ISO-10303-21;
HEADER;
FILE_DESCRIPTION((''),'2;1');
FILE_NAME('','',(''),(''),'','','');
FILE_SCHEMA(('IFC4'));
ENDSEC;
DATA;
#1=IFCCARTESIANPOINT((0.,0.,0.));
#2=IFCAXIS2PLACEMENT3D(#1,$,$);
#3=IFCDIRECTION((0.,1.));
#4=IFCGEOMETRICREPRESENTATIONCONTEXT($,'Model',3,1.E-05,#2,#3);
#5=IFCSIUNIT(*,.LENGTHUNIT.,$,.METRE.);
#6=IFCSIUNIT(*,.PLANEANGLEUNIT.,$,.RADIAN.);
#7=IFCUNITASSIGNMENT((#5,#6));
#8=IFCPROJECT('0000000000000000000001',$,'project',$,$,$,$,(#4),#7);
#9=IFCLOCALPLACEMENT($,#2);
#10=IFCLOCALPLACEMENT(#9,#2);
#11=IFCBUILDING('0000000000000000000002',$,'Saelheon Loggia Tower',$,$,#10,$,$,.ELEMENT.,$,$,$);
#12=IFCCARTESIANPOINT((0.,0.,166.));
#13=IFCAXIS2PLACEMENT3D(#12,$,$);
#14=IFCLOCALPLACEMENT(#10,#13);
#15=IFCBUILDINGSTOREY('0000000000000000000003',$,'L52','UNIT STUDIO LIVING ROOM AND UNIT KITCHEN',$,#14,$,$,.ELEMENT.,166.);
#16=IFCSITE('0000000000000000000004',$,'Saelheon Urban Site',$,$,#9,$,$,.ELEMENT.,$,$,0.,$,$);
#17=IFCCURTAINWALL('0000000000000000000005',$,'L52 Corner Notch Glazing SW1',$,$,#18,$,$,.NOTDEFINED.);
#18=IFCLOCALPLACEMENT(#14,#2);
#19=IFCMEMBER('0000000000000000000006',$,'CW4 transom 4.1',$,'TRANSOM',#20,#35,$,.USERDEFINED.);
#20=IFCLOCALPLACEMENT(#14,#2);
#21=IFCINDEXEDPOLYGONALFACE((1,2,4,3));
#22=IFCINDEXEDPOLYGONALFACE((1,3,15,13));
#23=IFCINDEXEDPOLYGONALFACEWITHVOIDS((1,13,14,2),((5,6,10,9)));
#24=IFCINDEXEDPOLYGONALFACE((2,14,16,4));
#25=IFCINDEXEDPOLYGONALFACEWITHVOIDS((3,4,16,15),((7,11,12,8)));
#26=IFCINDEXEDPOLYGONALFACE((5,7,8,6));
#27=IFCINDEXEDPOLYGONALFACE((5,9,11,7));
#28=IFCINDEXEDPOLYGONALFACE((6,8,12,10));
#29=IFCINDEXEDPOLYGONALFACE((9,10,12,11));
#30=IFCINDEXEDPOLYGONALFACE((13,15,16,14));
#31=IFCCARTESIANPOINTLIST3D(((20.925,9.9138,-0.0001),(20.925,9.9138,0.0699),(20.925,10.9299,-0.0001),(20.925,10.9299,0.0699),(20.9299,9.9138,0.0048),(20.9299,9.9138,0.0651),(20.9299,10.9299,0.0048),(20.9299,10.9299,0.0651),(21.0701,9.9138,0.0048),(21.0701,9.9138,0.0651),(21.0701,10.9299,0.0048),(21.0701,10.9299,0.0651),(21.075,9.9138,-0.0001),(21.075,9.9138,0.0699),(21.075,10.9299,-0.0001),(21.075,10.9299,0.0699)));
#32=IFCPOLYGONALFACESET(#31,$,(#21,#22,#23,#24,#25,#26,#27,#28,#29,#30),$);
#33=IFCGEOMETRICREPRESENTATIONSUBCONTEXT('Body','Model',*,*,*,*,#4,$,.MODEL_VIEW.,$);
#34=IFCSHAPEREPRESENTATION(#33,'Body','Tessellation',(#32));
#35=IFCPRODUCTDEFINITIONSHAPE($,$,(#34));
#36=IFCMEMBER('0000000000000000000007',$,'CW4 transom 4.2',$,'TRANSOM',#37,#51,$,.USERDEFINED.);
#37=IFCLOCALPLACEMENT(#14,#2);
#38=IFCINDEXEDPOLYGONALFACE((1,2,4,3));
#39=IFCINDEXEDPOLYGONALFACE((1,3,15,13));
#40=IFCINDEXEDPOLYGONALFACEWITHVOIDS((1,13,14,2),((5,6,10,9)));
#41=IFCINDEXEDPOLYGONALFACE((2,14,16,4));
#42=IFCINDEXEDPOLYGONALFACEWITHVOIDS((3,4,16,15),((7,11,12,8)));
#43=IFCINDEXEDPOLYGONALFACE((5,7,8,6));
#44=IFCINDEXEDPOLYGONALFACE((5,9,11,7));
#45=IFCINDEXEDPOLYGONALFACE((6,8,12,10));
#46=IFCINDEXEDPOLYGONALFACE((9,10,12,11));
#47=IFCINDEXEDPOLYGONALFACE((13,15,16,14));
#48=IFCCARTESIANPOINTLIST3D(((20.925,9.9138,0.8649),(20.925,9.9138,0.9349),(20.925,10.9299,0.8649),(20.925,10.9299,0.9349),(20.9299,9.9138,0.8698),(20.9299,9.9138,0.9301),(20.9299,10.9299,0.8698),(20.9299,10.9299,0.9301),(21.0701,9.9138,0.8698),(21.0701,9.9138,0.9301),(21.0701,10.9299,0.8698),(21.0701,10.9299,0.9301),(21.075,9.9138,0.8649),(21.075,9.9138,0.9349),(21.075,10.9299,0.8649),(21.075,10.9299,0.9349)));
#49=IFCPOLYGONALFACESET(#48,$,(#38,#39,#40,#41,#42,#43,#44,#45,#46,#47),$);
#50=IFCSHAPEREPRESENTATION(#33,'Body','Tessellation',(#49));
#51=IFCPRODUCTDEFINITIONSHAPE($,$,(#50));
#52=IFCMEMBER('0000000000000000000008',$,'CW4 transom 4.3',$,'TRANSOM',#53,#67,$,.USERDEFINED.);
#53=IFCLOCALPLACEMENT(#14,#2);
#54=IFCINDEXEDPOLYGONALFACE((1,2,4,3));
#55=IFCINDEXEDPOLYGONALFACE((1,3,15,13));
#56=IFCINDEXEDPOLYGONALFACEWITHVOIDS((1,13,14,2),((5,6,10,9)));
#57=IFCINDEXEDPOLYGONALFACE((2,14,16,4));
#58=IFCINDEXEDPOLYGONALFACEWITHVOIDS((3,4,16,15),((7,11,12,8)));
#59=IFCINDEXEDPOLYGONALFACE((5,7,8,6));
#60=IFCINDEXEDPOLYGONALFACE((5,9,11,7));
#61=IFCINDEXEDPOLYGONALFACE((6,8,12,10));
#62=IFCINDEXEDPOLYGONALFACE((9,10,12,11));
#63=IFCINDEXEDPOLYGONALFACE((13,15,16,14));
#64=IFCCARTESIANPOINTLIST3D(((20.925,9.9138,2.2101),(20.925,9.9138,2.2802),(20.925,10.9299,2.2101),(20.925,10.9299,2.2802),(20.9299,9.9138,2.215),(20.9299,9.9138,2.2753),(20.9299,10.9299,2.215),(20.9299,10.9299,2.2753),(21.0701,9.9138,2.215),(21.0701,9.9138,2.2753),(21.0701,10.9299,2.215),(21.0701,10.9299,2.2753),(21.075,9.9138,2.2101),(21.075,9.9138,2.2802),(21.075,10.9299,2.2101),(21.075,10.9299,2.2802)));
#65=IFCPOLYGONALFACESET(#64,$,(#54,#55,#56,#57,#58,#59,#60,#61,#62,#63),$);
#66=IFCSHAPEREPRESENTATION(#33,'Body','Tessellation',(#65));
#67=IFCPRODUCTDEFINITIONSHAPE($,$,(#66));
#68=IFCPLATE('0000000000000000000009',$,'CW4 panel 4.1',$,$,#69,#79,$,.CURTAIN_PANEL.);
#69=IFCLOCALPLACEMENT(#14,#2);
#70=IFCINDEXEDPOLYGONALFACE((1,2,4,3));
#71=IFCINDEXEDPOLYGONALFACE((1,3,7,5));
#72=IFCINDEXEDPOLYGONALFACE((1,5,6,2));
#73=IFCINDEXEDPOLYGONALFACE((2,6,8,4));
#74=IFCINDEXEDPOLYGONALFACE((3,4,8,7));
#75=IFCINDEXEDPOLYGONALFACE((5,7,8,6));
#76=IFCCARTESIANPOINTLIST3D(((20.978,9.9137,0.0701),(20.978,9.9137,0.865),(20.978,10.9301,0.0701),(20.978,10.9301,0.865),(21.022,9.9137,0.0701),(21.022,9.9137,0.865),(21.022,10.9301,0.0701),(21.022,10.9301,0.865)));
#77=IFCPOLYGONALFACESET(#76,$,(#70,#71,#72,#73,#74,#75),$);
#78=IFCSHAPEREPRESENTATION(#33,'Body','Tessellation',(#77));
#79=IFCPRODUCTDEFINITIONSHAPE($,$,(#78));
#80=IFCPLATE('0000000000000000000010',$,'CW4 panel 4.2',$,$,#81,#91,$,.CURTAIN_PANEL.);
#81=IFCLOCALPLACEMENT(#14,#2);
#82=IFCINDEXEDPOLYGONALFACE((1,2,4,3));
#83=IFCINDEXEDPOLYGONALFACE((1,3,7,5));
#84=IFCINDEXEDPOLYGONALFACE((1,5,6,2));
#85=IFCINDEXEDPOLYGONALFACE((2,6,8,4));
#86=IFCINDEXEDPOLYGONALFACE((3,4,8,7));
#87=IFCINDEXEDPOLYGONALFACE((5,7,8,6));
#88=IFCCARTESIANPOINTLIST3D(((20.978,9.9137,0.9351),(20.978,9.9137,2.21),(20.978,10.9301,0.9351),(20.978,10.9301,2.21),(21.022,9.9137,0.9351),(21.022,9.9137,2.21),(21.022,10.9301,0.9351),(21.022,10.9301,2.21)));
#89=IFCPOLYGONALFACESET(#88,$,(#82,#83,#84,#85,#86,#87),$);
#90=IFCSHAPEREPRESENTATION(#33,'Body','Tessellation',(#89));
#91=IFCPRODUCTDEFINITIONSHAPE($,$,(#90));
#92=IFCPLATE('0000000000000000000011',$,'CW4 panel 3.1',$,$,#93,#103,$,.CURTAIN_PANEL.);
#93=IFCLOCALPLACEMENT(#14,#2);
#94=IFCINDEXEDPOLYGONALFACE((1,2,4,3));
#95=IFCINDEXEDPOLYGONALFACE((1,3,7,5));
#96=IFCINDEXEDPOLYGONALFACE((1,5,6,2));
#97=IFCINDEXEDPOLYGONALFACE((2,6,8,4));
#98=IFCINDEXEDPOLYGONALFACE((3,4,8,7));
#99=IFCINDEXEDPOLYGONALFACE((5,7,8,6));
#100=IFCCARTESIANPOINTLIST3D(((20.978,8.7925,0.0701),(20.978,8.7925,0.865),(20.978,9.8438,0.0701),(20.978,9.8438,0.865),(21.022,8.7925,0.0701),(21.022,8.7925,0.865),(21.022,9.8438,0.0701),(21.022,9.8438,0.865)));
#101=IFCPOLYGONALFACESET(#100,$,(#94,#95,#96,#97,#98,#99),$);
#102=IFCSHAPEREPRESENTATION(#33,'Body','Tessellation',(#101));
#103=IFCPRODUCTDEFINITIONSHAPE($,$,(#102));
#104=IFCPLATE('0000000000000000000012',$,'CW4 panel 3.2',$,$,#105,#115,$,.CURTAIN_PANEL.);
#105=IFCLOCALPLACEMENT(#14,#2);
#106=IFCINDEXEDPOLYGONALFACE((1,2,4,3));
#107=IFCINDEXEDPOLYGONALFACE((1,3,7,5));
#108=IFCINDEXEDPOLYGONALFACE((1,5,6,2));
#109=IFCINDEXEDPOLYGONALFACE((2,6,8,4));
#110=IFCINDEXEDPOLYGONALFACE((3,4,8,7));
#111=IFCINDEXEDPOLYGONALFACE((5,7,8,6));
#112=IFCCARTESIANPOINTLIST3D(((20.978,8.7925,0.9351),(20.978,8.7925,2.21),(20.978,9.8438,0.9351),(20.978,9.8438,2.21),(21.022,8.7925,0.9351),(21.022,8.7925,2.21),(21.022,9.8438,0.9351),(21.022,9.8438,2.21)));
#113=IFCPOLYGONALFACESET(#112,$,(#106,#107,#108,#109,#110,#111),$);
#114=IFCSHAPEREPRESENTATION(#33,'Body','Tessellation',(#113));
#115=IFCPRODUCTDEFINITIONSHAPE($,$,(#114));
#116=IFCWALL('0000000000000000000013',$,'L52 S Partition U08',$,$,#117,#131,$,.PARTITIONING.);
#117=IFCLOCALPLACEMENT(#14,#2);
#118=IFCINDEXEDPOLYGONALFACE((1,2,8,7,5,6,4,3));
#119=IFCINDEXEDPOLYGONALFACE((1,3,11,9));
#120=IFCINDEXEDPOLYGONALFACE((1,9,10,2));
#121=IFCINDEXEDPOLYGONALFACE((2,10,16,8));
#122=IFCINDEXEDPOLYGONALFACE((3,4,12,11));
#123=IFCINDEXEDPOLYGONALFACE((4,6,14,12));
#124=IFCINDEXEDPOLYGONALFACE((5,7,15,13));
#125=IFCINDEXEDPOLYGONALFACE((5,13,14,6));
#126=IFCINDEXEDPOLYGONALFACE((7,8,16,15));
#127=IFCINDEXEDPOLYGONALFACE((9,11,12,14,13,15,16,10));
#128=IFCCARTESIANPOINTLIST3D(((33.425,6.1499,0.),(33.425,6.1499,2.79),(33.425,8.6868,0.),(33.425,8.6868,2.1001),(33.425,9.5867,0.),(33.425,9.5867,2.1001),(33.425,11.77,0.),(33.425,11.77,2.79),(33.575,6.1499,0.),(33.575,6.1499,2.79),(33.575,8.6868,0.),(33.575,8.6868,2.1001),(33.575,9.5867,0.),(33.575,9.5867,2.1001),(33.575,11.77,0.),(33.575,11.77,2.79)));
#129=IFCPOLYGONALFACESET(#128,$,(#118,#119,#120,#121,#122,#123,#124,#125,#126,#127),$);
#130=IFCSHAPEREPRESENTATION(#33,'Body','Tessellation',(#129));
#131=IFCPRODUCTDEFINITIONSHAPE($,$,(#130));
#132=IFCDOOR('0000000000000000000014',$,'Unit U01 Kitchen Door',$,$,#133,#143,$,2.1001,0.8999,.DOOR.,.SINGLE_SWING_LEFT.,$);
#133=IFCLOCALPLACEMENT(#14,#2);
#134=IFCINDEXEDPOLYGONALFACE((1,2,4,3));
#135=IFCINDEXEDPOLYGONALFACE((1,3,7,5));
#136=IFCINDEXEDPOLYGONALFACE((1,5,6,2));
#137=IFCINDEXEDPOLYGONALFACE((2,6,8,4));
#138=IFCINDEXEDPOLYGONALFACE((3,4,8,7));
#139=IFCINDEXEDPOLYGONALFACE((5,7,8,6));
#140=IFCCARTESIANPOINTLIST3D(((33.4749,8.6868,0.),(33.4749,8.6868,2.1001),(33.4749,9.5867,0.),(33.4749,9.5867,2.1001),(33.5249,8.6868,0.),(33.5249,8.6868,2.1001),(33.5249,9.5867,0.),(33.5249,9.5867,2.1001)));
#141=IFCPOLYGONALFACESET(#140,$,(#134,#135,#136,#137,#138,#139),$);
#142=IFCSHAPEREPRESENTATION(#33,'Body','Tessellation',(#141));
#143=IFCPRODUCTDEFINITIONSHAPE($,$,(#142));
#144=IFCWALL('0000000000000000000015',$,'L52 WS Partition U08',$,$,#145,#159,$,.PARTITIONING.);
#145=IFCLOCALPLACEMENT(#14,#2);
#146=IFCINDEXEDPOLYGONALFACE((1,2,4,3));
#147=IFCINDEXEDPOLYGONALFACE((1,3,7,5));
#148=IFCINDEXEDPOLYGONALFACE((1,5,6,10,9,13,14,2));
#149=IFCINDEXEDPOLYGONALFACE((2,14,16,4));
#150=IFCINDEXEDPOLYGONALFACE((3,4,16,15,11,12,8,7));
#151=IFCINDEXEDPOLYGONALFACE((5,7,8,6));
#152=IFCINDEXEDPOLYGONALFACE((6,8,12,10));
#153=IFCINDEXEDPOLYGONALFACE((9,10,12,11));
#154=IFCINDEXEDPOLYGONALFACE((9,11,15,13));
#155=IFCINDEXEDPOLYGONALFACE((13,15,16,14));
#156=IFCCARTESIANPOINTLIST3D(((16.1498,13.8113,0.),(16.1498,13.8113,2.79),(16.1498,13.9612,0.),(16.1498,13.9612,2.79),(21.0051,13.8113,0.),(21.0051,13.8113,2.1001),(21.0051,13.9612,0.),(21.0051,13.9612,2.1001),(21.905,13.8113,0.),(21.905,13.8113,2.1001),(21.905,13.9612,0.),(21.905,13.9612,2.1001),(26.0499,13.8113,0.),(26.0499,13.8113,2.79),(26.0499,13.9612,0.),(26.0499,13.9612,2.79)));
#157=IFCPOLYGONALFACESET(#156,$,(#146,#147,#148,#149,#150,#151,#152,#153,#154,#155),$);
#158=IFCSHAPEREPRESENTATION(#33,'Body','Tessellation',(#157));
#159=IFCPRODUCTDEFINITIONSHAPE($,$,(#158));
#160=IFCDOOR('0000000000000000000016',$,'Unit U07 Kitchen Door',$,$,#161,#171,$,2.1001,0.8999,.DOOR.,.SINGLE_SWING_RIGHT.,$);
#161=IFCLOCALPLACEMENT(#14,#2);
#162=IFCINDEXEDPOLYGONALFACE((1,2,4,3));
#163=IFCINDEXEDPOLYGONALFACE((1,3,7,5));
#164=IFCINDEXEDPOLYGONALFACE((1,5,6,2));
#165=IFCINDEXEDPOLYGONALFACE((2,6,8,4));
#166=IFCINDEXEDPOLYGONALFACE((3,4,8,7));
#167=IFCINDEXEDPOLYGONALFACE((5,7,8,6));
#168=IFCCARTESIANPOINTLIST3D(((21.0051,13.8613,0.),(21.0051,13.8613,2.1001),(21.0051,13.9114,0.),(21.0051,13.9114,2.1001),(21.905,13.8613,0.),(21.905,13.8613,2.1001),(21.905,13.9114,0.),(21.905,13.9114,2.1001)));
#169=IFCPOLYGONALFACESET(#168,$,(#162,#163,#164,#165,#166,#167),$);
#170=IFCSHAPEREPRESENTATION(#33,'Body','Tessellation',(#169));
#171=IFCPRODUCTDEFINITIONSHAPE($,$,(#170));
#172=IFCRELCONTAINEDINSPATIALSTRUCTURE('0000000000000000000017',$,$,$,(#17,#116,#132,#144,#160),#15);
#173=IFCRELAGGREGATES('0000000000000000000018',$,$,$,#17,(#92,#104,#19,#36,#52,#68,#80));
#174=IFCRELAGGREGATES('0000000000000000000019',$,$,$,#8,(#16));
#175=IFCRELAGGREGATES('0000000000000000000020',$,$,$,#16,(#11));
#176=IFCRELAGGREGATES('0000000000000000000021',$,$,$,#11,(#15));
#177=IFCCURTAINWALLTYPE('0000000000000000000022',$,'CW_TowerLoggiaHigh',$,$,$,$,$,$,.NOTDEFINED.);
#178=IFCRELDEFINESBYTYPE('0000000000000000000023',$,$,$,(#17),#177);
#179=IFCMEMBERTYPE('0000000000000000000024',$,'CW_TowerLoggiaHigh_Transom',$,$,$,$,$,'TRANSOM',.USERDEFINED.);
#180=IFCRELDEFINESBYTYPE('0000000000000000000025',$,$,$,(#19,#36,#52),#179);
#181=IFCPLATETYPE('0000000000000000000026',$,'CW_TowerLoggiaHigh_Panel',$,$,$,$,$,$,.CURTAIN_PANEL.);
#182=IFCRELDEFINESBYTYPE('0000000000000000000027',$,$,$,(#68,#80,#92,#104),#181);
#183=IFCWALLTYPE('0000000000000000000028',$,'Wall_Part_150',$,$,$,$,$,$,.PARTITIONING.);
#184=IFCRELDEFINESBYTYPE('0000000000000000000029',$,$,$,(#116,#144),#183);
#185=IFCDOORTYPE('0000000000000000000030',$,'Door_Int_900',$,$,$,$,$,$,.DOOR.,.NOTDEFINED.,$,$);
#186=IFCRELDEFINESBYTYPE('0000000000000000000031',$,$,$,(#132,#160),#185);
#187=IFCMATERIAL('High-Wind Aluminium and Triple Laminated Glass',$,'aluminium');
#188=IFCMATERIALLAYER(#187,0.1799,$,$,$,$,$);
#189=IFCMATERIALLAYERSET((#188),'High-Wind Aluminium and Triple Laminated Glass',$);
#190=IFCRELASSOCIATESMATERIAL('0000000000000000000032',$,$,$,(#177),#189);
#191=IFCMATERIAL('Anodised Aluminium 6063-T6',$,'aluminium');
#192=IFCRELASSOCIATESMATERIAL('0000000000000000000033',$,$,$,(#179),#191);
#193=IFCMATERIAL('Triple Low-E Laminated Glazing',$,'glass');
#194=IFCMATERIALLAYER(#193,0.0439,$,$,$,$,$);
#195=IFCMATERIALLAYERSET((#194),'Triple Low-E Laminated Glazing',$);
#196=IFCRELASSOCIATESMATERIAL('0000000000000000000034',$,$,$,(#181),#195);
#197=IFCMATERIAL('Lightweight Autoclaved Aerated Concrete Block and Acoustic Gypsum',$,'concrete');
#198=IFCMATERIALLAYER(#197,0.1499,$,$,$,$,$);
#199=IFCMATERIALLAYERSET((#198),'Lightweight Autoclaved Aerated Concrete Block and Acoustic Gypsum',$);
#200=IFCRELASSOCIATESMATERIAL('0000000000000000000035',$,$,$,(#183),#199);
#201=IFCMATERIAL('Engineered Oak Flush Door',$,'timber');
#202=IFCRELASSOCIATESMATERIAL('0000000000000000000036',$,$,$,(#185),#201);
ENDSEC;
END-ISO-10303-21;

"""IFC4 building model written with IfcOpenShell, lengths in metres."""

from ifc_helpers import new_model, si_unit, direction, frame, frame_2d, origin, origin_2d, place, context, subcontext, project, spatial, rectangle, hollow_rectangle, extrude, source, transform, mapped, material, layer, layer_set, material_profile, profile_set, type_object, element, fill, aggregate, save


model = new_model("IFC4")

# Units and contexts
model_context = context("Model", 3, precision=1e-05, world=origin(), true_north=direction((0.0, 1.0)))
body_context = subcontext(model_context, "Body", "Model", "MODEL_VIEW")
ifc_project = project(units=[si_unit("LENGTHUNIT", "METRE"), si_unit("PLANEANGLEUNIT", "RADIAN")], contexts=[model_context])

# Site, building, storey
site_placement = place(None, origin())
site = spatial("IfcSite", under=ifc_project, at=site_placement, Name="Saelheon Urban Site", CompositionType="ELEMENT", RefElevation=0.0)
building_placement = place(site_placement, origin())
building = spatial("IfcBuilding", under=site, at=building_placement, Name="Saelheon Loggia Tower", CompositionType="ELEMENT")
storey_placement = place(building_placement, frame((0.0, 0.0, 166.0)))
storey = spatial("IfcBuildingStorey", under=building, at=storey_placement, Name="L52", Description="UNIT STUDIO LIVING ROOM AND UNIT KITCHEN", CompositionType="ELEMENT", Elevation=166.0)

# Curtain wall, members, plates
ifc_material_1 = material(Name="High-Wind Aluminium and Triple Laminated Glass", Category="aluminium")
ifc_layer_1 = layer(ifc_material_1, 0.1799)
ifc_layer_set_1 = layer_set([ifc_layer_1], Name="High-Wind Aluminium and Triple Laminated Glass")
curtain_wall_type = type_object("IfcCurtainWallType", Name="CW_TowerLoggiaHigh", PredefinedType="NOTDEFINED", material=ifc_layer_set_1)
curtain_wall_placement = place(storey_placement, origin())
curtain_wall = element("IfcCurtainWall", 1, at=curtain_wall_placement, inside=storey, type_object=curtain_wall_type, Name="L52 Corner Notch Glazing SW1", PredefinedType="NOTDEFINED")
ifc_material_2 = material(Name="Anodised Aluminium 6063-T6", Category="aluminium")
ifc_material_profile_1 = material_profile(ifc_material_2, hollow_rectangle(XDim=0.0701, YDim=0.1499, WallThickness=0.0049, at=origin_2d()), Name="RHS-150x70x5")
ifc_profile_set_1 = profile_set([ifc_material_profile_1], Name="Anodised Aluminium 6063-T6")
member_type_1 = type_object("IfcMemberType", Name="CW_TowerLoggiaHigh_Transom", ElementType="TRANSOM", PredefinedType="USERDEFINED", material=ifc_profile_set_1)
shared_shape_1 = source(origin(), body_context, "Body", "SweptSolid", [
    extrude(hollow_rectangle(XDim=0.0701, YDim=0.1499, WallThickness=0.0049, at=origin_2d()), origin(), (0.0, 0.0, 1.0), 1.0161),
])
member_1_placement = place(storey_placement, frame((21.0, 9.9138, 0.0349), z_axis=(0.0, 1.0, 0.0), x_axis=(0.0, 0.0, 1.0)))
member_1 = element("IfcMember", 2, at=member_1_placement, type_object=member_type_1, Name="CW4 transom 4.1", ObjectType="TRANSOM", PredefinedType="USERDEFINED", context=body_context, shape_type="MappedRepresentation", body=[
    mapped(shared_shape_1, transform((0.0, 0.0, 0.0), scale=1.0)),
])
member_2_placement = place(storey_placement, frame((21.0, 9.9138, 0.8999), z_axis=(0.0, 1.0, 0.0), x_axis=(0.0, 0.0, 1.0)))
member_2 = element("IfcMember", 3, at=member_2_placement, type_object=member_type_1, Name="CW4 transom 4.2", ObjectType="TRANSOM", PredefinedType="USERDEFINED", context=body_context, shape_type="MappedRepresentation", body=[
    mapped(shared_shape_1, transform((0.0, 0.0, 0.0), scale=1.0)),
])
member_3_placement = place(storey_placement, frame((21.0, 9.9138, 2.2451), z_axis=(0.0, 1.0, 0.0), x_axis=(0.0, 0.0, 1.0)))
member_3 = element("IfcMember", 4, at=member_3_placement, type_object=member_type_1, Name="CW4 transom 4.3", ObjectType="TRANSOM", PredefinedType="USERDEFINED", context=body_context, shape_type="MappedRepresentation", body=[
    mapped(shared_shape_1, transform((0.0, 0.0, 0.0), scale=1.0)),
])
ifc_material_3 = material(Name="Triple Low-E Laminated Glazing", Category="glass")
ifc_layer_2 = layer(ifc_material_3, 0.0439)
ifc_layer_set_2 = layer_set([ifc_layer_2], Name="Triple Low-E Laminated Glazing")
plate_type = type_object("IfcPlateType", Name="CW_TowerLoggiaHigh_Panel", PredefinedType="CURTAIN_PANEL", material=ifc_layer_set_2)
shared_shape_2 = source(origin(), body_context, "Body", "SweptSolid", [
    extrude(rectangle(XDim=1.0164, YDim=0.0439, at=origin_2d()), origin(), (0.0, 0.0, 1.0), 0.7949),
])
plate_1_placement = place(storey_placement, frame((21.0, 10.4219, 0.0701), z_axis=(0.0, 0.0, 1.0), x_axis=(0.0, 1.0, 0.0)))
plate_1 = element("IfcPlate", 5, at=plate_1_placement, type_object=plate_type, Name="CW4 panel 4.1", PredefinedType="CURTAIN_PANEL", context=body_context, shape_type="MappedRepresentation", body=[
    mapped(shared_shape_2, transform((0.0, 0.0, 0.0), scale=1.0)),
])
shared_shape_3 = source(origin(), body_context, "Body", "SweptSolid", [
    extrude(rectangle(XDim=1.0164, YDim=0.0439, at=origin_2d()), origin(), (0.0, 0.0, 1.0), 1.2749),
])
plate_2_placement = place(storey_placement, frame((21.0, 10.4219, 0.9351), z_axis=(0.0, 0.0, 1.0), x_axis=(0.0, 1.0, 0.0)))
plate_2 = element("IfcPlate", 6, at=plate_2_placement, type_object=plate_type, Name="CW4 panel 4.2", PredefinedType="CURTAIN_PANEL", context=body_context, shape_type="MappedRepresentation", body=[
    mapped(shared_shape_3, transform((0.0, 0.0, 0.0), scale=1.0)),
])
shared_shape_4 = source(origin(), body_context, "Body", "SweptSolid", [
    extrude(rectangle(XDim=1.0513, YDim=0.0439, at=origin_2d()), origin(), (0.0, 0.0, 1.0), 0.7949),
])
plate_3_placement = place(storey_placement, frame((21.0, 9.3181, 0.0701), z_axis=(0.0, 0.0, 1.0), x_axis=(0.0, 1.0, 0.0)))
plate_3 = element("IfcPlate", 7, at=plate_3_placement, type_object=plate_type, Name="CW4 panel 3.1", PredefinedType="CURTAIN_PANEL", context=body_context, shape_type="MappedRepresentation", body=[
    mapped(shared_shape_4, transform((0.0, 0.0, 0.0), scale=1.0)),
])
shared_shape_5 = source(origin(), body_context, "Body", "SweptSolid", [
    extrude(rectangle(XDim=1.0513, YDim=0.0439, at=origin_2d()), origin(), (0.0, 0.0, 1.0), 1.2749),
])
plate_4_placement = place(storey_placement, frame((21.0, 9.3181, 0.9351), z_axis=(0.0, 0.0, 1.0), x_axis=(0.0, 1.0, 0.0)))
plate_4 = element("IfcPlate", 8, at=plate_4_placement, type_object=plate_type, Name="CW4 panel 3.2", PredefinedType="CURTAIN_PANEL", context=body_context, shape_type="MappedRepresentation", body=[
    mapped(shared_shape_5, transform((0.0, 0.0, 0.0), scale=1.0)),
])
aggregate(curtain_wall, [plate_3, plate_4, member_1, member_2, member_3, plate_1, plate_2])

# Walls, openings, doors
ifc_material_4 = material(Name="Lightweight Autoclaved Aerated Concrete Block and Acoustic Gypsum", Category="concrete")
ifc_layer_3 = layer(ifc_material_4, 0.1499)
ifc_layer_set_3 = layer_set([ifc_layer_3], Name="Lightweight Autoclaved Aerated Concrete Block and Acoustic Gypsum")
wall_type_1 = type_object("IfcWallType", Name="Wall_Part_150", PredefinedType="PARTITIONING", material=ifc_layer_set_3)
wall_1_placement = place(storey_placement, frame((33.5, 11.77, 0.0), z_axis=(0.0, 0.0, 1.0), x_axis=(0.0, -1.0, 0.0)))
wall_1 = element("IfcWall", 9, at=wall_1_placement, inside=storey, type_object=wall_type_1, Name="L52 S Partition U08", PredefinedType="PARTITIONING", context=body_context, shape_type="SweptSolid", body=[
    extrude(rectangle(XDim=5.6201, YDim=0.1499, at=frame_2d((2.8101, 0.0))), origin(), (0.0, 0.0, 1.0), 2.79),
])
opening_1_placement = place(wall_1_placement, frame((2.1833, 0.0, 0.0)))
opening_1 = element("IfcOpeningElement", 10, at=opening_1_placement, cuts=wall_1, PredefinedType="OPENING", context=body_context, shape_type="SweptSolid", body=[
    extrude(rectangle(XDim=0.8999, YDim=2.1001, at=frame_2d((0.45, 1.05))), frame((0.0, 0.0869, 0.0), z_axis=(0.0, -1.0, 0.0), x_axis=(1.0, 0.0, 0.0)), (0.0, 0.0, 1.0), 0.1738),
])
ifc_material_5 = material(Name="Engineered Oak Flush Door", Category="timber")
door_type_1 = type_object("IfcDoorType", Name="Door_Int_900", OperationType="NOTDEFINED", PredefinedType="DOOR", material=ifc_material_5)
shared_shape_6 = source(origin(), body_context, "Body", "SweptSolid", [
    extrude(rectangle(XDim=0.8999, YDim=2.1001, at=frame_2d((0.45, 1.05))), frame((0.0, 0.0249, 0.0), z_axis=(0.0, -1.0, 0.0), x_axis=(1.0, 0.0, 0.0)), (0.0, 0.0, 1.0), 0.05),
])
door_1_placement = place(opening_1_placement, origin())
door_1 = element("IfcDoor", 11, at=door_1_placement, inside=storey, type_object=door_type_1, Name="Unit U01 Kitchen Door", OperationType="SINGLE_SWING_LEFT", OverallHeight=2.1001, OverallWidth=0.8999, PredefinedType="DOOR", context=body_context, shape_type="MappedRepresentation", body=[
    mapped(shared_shape_6, transform((0.0, 0.0, 0.0), scale=1.0)),
])
fill(opening_1, door_1)
wall_2_placement = place(storey_placement, frame((26.05, 13.8862, 0.0), z_axis=(0.0, 0.0, 1.0), x_axis=(-1.0, 0.0, 0.0)))
wall_2 = element("IfcWall", 12, at=wall_2_placement, inside=storey, type_object=wall_type_1, Name="L52 WS Partition U08", PredefinedType="PARTITIONING", context=body_context, shape_type="SweptSolid", body=[
    extrude(rectangle(XDim=9.9001, YDim=0.1499, at=frame_2d((4.9502, 0.0))), origin(), (0.0, 0.0, 1.0), 2.79),
])
opening_2_placement = place(wall_2_placement, frame((4.145, 0.0, 0.0)))
opening_2 = element("IfcOpeningElement", 13, at=opening_2_placement, cuts=wall_2, PredefinedType="OPENING", context=body_context, shape_type="SweptSolid", body=[
    extrude(rectangle(XDim=0.8999, YDim=2.1001, at=frame_2d((0.45, 1.05))), frame((0.0, 0.0869, 0.0), z_axis=(0.0, -1.0, 0.0), x_axis=(1.0, 0.0, 0.0)), (0.0, 0.0, 1.0), 0.1738),
])
door_2_placement = place(opening_2_placement, origin())
door_2 = element("IfcDoor", 14, at=door_2_placement, inside=storey, type_object=door_type_1, Name="Unit U07 Kitchen Door", OperationType="SINGLE_SWING_RIGHT", OverallHeight=2.1001, OverallWidth=0.8999, PredefinedType="DOOR", context=body_context, shape_type="MappedRepresentation", body=[
    mapped(shared_shape_6, transform((0.0, 0.0, 0.0), scale=1.0)),
])
fill(opening_2, door_2)

save(model, "model.ifc")
